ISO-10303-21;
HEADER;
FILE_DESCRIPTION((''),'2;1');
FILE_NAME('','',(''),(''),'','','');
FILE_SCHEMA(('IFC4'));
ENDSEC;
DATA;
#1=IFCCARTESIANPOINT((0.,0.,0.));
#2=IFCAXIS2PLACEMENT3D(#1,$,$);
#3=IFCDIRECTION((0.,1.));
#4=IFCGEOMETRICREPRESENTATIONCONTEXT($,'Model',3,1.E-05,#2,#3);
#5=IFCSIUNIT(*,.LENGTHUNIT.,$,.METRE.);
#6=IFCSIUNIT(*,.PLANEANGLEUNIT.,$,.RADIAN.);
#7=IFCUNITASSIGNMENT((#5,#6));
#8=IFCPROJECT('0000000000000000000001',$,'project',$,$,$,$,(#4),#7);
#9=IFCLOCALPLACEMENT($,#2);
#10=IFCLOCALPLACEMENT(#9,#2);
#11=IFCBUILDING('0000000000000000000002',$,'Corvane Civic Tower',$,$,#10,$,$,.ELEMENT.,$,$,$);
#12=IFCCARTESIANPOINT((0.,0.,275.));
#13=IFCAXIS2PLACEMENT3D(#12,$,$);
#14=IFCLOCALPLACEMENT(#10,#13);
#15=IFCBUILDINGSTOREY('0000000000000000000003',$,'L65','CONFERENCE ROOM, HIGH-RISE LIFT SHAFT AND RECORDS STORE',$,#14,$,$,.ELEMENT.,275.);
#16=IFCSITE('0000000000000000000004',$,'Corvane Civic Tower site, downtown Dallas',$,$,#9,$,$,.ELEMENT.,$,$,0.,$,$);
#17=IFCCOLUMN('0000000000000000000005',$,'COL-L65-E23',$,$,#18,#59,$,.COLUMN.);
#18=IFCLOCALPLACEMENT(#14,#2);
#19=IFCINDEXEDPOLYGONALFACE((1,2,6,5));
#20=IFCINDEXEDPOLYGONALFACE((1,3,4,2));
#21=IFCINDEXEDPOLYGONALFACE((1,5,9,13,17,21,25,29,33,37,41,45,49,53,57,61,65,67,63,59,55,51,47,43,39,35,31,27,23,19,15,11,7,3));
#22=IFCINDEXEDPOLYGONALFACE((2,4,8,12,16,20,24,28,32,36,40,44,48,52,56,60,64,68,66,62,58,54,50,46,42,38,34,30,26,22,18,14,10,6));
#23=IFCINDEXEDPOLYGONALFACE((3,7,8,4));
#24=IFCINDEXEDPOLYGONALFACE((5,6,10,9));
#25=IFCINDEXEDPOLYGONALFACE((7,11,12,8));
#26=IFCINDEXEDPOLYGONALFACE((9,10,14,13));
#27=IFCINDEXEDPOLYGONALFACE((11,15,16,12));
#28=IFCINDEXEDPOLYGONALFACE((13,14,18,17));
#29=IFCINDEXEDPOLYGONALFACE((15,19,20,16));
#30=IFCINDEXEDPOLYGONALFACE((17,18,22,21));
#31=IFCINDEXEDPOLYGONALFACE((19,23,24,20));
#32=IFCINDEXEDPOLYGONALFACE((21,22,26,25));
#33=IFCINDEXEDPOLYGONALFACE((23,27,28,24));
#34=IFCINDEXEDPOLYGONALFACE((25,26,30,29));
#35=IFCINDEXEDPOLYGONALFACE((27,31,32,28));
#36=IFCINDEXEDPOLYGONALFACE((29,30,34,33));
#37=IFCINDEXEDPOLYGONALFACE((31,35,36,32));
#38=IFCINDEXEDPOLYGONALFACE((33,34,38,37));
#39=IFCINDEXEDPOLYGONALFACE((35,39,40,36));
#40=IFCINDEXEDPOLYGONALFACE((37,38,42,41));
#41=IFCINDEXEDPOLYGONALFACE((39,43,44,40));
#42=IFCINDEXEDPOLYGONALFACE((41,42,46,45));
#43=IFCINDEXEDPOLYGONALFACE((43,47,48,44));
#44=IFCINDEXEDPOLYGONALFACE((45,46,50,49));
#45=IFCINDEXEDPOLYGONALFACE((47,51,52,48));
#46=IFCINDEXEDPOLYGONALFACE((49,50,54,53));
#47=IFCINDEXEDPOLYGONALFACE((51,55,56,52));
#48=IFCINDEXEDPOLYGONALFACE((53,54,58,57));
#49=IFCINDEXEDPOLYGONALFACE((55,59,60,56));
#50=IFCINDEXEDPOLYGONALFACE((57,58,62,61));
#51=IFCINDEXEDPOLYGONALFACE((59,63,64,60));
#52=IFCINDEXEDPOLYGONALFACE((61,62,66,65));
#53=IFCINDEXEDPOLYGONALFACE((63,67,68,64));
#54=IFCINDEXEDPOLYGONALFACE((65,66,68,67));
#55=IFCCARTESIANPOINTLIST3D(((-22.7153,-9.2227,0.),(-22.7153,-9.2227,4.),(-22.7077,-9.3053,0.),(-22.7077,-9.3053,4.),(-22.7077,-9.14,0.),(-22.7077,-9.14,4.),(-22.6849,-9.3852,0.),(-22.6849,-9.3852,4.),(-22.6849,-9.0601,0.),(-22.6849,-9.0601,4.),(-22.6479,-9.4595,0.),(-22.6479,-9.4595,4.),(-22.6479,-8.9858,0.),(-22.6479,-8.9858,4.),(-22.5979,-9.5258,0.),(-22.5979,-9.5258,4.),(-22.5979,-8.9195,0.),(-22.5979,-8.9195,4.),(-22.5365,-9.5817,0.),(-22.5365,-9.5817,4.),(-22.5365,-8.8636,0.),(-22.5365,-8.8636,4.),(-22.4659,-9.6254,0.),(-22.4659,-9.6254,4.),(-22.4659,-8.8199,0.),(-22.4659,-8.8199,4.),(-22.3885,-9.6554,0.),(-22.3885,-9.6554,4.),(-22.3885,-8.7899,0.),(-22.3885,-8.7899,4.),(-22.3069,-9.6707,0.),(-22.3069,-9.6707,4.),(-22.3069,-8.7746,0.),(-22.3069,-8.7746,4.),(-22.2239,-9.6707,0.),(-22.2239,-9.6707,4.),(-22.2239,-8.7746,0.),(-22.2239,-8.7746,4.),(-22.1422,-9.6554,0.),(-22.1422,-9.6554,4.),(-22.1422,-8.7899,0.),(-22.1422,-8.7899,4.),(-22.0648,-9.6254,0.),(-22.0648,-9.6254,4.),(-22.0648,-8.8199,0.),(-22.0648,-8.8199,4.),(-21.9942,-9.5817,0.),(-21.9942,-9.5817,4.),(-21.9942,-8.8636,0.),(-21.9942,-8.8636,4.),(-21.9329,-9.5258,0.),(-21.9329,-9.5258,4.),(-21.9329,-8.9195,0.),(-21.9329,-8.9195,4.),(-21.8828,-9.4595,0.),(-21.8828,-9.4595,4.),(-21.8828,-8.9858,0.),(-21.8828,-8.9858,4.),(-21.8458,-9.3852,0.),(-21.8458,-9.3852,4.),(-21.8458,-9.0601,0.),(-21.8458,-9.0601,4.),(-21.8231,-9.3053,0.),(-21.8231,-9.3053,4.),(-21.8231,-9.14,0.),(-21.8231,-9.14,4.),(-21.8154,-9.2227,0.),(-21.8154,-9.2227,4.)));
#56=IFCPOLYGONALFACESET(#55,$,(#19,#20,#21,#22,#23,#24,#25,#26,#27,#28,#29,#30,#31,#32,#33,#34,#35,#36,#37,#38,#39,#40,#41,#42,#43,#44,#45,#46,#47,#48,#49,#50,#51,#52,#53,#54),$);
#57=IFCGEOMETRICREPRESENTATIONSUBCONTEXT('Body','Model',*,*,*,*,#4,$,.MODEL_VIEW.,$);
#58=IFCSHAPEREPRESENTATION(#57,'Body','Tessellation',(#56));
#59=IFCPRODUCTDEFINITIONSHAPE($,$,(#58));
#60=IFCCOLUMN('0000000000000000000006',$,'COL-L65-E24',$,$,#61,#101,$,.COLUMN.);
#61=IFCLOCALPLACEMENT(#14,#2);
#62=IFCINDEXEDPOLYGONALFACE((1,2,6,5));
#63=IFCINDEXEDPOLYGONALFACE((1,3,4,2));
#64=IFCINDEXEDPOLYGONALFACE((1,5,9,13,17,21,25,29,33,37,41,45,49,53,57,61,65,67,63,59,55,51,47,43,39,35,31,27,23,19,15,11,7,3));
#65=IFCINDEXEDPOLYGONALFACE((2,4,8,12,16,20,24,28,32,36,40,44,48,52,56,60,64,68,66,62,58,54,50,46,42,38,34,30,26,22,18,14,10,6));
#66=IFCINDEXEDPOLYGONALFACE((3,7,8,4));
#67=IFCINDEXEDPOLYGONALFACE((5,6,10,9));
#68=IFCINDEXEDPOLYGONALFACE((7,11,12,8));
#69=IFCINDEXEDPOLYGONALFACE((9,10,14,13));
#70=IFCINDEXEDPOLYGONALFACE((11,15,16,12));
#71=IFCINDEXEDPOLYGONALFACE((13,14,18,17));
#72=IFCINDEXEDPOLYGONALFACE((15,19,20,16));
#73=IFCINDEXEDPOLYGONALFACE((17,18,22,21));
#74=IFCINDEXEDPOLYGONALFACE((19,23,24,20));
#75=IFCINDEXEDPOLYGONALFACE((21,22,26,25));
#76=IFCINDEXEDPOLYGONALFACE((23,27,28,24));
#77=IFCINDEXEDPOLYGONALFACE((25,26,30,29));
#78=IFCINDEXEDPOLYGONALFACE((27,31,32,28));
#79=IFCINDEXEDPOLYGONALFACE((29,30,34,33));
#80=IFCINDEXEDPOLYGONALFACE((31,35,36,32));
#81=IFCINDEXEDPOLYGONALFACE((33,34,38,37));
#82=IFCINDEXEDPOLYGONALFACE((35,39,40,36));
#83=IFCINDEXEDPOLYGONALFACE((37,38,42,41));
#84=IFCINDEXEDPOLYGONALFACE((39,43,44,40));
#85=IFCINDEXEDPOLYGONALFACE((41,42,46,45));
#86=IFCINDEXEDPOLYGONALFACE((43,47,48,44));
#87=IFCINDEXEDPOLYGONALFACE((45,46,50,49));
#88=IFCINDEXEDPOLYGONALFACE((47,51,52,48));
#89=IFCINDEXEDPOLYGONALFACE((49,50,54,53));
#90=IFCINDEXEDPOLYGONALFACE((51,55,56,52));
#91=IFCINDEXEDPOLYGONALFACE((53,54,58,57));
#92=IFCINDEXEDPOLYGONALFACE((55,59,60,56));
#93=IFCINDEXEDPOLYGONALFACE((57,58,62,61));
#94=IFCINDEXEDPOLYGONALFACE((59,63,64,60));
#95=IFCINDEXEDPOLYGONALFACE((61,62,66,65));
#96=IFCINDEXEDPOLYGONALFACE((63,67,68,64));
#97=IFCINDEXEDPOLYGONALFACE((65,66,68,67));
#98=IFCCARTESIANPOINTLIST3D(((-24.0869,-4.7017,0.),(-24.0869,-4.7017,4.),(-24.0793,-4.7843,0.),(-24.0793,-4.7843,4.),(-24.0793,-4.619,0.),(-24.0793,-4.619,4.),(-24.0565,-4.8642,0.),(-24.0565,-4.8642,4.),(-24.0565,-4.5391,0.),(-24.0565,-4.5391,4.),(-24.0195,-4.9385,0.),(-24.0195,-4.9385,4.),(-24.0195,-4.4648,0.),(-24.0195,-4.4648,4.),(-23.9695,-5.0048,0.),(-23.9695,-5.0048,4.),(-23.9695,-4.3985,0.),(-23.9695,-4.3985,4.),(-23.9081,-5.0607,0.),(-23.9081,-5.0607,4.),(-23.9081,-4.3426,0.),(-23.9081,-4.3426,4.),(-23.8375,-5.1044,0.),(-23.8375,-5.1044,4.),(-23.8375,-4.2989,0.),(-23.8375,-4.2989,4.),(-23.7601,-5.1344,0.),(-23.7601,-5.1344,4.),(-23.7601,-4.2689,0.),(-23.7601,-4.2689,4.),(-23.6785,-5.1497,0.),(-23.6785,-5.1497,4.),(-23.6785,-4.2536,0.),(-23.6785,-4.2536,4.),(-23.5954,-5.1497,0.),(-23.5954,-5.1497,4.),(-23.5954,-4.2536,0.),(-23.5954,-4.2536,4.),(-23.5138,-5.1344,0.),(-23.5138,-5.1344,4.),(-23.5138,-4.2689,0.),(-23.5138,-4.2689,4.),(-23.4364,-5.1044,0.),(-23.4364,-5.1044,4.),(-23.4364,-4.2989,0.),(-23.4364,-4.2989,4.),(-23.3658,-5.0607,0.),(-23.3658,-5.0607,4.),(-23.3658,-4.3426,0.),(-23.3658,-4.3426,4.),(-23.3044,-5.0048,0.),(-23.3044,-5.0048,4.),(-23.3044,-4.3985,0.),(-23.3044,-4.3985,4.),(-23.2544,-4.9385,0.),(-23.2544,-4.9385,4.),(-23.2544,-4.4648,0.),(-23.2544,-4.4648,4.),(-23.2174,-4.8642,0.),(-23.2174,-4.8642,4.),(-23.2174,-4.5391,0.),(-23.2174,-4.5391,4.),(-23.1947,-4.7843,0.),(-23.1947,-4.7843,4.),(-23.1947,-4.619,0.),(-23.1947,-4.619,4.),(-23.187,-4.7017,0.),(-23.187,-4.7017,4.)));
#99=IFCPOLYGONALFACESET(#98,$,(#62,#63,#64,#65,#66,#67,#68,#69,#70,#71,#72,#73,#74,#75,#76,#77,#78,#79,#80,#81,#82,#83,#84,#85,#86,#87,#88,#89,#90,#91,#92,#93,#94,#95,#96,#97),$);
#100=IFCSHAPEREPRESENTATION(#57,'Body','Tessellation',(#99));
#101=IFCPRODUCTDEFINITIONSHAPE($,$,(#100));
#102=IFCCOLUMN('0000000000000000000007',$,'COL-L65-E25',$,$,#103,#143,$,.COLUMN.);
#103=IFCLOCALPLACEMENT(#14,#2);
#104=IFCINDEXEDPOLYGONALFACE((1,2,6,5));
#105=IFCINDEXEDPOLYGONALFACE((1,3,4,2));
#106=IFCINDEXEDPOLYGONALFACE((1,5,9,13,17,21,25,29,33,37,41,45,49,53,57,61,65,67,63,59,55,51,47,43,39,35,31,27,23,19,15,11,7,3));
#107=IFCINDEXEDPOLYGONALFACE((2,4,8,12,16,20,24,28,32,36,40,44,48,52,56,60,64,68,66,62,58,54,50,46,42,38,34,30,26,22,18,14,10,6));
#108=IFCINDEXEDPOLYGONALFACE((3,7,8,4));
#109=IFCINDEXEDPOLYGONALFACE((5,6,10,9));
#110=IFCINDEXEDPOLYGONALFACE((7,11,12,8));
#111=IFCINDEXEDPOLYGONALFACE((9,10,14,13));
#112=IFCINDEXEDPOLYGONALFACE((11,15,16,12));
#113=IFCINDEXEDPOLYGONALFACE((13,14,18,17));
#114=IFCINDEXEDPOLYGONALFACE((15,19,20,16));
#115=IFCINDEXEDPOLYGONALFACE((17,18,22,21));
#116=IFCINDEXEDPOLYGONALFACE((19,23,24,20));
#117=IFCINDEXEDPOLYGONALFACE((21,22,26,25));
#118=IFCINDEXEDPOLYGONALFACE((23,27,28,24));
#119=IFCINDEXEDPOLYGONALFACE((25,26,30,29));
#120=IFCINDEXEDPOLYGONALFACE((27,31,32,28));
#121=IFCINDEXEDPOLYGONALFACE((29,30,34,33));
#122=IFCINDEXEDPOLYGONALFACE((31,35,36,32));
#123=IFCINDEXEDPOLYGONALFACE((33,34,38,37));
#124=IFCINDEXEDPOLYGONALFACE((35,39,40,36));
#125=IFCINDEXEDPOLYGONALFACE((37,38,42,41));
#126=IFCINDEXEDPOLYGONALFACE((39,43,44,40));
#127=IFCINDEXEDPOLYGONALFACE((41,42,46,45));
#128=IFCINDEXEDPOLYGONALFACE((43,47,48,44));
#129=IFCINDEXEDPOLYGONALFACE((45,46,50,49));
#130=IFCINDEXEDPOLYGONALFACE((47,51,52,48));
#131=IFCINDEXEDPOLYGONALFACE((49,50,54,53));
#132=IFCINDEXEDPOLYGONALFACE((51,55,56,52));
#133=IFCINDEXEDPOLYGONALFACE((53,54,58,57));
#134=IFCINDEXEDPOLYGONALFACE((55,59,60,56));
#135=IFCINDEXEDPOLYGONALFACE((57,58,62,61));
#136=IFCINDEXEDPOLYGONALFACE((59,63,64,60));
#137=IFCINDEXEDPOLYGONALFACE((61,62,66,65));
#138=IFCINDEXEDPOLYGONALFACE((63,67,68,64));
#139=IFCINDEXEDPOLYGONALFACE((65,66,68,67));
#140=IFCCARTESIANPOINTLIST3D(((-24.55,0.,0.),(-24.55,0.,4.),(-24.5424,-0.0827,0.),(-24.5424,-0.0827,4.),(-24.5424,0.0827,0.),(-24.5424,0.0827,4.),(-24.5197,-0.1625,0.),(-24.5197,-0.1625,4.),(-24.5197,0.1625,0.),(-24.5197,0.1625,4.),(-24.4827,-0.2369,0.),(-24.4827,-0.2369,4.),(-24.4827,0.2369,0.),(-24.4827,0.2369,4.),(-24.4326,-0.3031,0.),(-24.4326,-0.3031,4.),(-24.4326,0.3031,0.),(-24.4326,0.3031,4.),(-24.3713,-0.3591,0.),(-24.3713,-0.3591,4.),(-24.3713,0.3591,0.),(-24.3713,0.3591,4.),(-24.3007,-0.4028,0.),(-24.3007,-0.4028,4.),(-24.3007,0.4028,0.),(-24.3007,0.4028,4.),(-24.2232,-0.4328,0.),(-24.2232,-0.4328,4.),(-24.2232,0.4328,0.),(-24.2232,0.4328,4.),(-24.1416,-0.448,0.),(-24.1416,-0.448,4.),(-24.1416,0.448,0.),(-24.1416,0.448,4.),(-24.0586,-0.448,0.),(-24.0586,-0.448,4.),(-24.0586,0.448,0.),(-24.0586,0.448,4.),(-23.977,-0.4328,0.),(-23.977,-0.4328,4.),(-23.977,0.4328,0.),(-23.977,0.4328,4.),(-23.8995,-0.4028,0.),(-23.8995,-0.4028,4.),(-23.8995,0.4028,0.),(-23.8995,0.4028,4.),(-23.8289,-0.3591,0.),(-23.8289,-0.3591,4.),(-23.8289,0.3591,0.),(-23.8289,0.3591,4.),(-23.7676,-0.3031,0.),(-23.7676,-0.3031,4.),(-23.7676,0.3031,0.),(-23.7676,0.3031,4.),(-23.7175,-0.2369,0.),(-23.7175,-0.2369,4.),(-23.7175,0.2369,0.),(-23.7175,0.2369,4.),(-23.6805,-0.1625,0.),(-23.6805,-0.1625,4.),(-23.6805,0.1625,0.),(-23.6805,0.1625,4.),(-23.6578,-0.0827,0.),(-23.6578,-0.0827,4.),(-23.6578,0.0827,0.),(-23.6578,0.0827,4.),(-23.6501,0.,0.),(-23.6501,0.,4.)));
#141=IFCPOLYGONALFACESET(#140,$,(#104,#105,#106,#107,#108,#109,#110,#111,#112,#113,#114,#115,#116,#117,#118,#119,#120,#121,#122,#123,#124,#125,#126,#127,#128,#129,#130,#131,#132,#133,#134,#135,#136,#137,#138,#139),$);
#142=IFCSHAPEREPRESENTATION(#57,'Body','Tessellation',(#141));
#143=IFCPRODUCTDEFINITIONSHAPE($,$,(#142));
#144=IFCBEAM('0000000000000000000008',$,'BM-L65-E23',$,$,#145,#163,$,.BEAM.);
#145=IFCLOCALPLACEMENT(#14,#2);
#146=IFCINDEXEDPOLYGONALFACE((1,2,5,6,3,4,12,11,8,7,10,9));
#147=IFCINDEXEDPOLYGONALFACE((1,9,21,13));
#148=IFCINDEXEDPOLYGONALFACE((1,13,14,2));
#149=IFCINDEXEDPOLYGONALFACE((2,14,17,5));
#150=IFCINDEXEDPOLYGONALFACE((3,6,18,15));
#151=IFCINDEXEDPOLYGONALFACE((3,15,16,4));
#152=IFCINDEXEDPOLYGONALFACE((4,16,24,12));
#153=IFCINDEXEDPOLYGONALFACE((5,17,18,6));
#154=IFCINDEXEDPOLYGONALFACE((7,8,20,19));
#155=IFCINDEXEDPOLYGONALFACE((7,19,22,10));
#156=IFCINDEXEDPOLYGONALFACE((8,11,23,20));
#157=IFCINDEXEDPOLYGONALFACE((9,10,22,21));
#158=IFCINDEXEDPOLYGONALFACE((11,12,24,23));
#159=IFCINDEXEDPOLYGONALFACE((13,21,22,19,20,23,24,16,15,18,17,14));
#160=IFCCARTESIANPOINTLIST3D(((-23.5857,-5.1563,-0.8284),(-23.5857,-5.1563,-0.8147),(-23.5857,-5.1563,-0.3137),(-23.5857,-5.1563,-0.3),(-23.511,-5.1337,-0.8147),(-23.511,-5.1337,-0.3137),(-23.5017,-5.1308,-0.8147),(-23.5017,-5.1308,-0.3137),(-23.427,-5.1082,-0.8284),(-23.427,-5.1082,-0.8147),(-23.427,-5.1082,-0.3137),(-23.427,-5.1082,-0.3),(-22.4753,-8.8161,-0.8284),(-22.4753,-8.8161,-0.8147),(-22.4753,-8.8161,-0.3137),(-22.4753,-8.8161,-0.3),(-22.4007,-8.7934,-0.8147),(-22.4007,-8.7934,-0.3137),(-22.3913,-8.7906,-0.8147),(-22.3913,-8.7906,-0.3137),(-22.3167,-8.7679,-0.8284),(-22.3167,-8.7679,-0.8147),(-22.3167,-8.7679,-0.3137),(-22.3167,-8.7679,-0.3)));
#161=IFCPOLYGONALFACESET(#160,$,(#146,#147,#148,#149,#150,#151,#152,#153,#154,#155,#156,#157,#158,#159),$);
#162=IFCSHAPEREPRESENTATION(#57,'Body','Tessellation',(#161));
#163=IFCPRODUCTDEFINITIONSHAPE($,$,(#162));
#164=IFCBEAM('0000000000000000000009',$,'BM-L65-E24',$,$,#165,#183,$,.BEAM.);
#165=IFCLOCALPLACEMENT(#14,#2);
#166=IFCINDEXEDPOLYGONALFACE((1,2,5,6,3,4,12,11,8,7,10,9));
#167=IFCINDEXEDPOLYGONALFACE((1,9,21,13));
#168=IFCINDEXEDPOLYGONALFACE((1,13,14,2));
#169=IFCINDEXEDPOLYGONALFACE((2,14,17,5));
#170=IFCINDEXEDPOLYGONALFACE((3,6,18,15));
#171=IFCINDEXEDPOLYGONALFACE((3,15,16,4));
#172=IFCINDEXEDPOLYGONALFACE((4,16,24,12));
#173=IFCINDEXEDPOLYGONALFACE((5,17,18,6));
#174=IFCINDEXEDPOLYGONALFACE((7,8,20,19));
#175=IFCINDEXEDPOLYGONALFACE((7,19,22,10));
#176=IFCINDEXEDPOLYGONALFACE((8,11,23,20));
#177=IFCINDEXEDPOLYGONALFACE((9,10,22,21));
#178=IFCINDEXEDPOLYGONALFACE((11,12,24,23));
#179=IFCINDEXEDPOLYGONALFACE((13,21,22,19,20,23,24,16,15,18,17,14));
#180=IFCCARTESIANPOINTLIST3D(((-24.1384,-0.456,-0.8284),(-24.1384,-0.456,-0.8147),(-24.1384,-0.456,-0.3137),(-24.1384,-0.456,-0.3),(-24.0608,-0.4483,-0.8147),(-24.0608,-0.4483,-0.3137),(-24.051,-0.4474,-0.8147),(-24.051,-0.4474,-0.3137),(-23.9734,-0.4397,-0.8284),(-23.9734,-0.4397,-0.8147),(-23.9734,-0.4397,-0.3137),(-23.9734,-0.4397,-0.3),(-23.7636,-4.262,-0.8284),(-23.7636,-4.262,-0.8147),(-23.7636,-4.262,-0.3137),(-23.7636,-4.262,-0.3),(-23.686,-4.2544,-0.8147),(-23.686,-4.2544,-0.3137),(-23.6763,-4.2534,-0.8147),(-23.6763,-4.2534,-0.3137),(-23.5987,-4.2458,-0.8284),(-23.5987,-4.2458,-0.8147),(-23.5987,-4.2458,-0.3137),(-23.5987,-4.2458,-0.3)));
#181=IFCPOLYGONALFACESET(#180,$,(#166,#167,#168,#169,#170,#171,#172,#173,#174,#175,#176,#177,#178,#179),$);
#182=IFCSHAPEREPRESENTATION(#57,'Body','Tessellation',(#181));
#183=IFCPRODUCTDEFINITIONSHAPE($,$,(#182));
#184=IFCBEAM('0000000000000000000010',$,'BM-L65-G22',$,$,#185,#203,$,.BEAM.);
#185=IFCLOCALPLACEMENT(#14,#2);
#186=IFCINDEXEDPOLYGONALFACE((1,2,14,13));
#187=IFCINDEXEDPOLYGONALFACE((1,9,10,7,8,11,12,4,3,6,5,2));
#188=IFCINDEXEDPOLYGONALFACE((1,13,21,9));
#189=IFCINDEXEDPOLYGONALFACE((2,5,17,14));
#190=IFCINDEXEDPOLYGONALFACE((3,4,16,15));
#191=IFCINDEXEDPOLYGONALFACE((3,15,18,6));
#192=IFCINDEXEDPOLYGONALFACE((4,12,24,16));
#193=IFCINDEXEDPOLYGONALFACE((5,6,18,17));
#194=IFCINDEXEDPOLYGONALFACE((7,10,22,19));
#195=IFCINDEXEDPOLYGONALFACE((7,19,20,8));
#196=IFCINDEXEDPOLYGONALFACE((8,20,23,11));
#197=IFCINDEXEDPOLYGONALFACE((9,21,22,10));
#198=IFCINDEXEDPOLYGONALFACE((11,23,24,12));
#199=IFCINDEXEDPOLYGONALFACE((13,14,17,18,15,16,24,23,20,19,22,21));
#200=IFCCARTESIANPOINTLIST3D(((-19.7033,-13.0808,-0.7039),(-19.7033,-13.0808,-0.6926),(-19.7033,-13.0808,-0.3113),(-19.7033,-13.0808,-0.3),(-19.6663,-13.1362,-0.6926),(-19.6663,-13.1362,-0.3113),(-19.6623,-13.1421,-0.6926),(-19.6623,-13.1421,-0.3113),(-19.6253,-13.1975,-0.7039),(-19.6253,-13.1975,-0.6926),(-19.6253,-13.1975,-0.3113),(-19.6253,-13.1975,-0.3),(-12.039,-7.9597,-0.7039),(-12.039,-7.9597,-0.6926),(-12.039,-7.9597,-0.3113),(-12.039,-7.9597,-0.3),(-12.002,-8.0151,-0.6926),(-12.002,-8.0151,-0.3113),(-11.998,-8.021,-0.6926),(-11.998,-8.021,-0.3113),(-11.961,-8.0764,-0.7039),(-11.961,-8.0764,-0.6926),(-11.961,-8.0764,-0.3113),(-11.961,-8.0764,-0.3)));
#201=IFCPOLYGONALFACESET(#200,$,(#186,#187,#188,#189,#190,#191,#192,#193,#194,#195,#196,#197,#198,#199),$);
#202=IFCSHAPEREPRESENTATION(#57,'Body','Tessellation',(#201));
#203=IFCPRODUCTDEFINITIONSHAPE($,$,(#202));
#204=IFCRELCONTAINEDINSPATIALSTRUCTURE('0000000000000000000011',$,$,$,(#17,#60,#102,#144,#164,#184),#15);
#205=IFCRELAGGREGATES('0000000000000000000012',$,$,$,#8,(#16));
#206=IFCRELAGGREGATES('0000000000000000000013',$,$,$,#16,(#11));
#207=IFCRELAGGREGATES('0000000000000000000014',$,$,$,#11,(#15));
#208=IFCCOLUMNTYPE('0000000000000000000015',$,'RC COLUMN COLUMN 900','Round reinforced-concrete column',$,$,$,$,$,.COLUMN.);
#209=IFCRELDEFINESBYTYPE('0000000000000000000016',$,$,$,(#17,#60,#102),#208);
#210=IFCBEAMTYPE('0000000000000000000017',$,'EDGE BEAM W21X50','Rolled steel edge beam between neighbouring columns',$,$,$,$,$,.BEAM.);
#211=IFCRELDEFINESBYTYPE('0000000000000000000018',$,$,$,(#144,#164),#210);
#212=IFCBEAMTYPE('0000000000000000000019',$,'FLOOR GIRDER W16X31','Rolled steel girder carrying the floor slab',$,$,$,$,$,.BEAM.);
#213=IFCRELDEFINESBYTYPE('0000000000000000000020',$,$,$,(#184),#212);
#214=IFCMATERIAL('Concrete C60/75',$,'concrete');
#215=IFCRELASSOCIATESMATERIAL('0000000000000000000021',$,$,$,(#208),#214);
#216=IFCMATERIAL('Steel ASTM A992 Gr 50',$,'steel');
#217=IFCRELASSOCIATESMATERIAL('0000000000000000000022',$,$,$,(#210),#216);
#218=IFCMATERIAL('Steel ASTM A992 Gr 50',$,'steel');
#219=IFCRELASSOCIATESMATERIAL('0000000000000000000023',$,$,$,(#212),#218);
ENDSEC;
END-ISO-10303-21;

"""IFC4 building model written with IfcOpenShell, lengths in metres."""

from ifc_helpers import new_model, si_unit, direction, frame, origin, origin_2d, place, context, subcontext, project, spatial, circle, i_section, extrude, material, material_profile, profile_set, type_object, element, save


model = new_model("IFC4")

# Units and contexts
model_context = context("Model", 3, precision=1e-05, world=origin(), true_north=direction((0.0, 1.0)))
body_context = subcontext(model_context, "Body", "Model", "MODEL_VIEW")
ifc_project = project(units=[si_unit("LENGTHUNIT", "METRE"), si_unit("PLANEANGLEUNIT", "RADIAN")], contexts=[model_context])

# Site, building, storey
site_placement = place(None, origin())
site = spatial("IfcSite", under=ifc_project, at=site_placement, Name="Corvane Civic Tower site, downtown Dallas", CompositionType="ELEMENT", RefElevation=0.0)
building_placement = place(site_placement, origin())
building = spatial("IfcBuilding", under=site, at=building_placement, Name="Corvane Civic Tower", CompositionType="ELEMENT")
storey_placement = place(building_placement, frame((0.0, 0.0, 275.0)))
storey = spatial("IfcBuildingStorey", under=building, at=storey_placement, Name="L65", Description="CONFERENCE ROOM, HIGH-RISE LIFT SHAFT AND RECORDS STORE", CompositionType="ELEMENT", Elevation=275.0)

# Columns
ifc_material_1 = material(Name="Concrete C60/75", Category="concrete")
ifc_material_profile_1 = material_profile(ifc_material_1, circle(Radius=0.45, at=origin_2d()), Name="COLUMN 900")
ifc_profile_set_1 = profile_set([ifc_material_profile_1], Name="Concrete C60/75")
column_type = type_object("IfcColumnType", Name="RC COLUMN COLUMN 900", Description="Round reinforced-concrete column", PredefinedType="COLUMN", material=ifc_profile_set_1)
for number, where, z_axis, x_axis, name in (
    (1, (-22.2654, -9.2227, 0.0), (0.0, 0.0, 1.0), (1.0, 0.0, 0.0), "COL-L65-E23"),
    (2, (-23.637, -4.7017, 0.0), (0.0, 0.0, 1.0), (1.0, 0.0, 0.0), "COL-L65-E24"),
    (3, (-24.1001, 0.0, 0.0), (0.0, 0.0, 1.0), (1.0, 0.0, 0.0), "COL-L65-E25"),
):
    element("IfcColumn", number, at=place(storey_placement, frame(where, z_axis=z_axis, x_axis=x_axis)), inside=storey, type_object=column_type, Name=name, PredefinedType="COLUMN", context=body_context, shape_type="SweptSolid", body=[
        extrude(circle(Radius=0.45, at=origin_2d()), origin(), (0.0, 0.0, 1.0), 4.0),
    ])

# Beams
ifc_material_2 = material(Name="Steel ASTM A992 Gr 50", Category="steel")
ifc_material_profile_2 = material_profile(ifc_material_2, i_section(OverallWidth=0.1658, OverallDepth=0.5283, WebThickness=0.0098, FlangeThickness=0.0137, at=origin_2d()), Name="W21X50")
ifc_profile_set_2 = profile_set([ifc_material_profile_2], Name="Steel ASTM A992 Gr 50")
beam_type_1 = type_object("IfcBeamType", Name="EDGE BEAM W21X50", Description="Rolled steel edge beam between neighbouring columns", PredefinedType="BEAM", material=ifc_profile_set_2)
for number, where, z_axis, x_axis, name in (
    (4, (-22.396, -8.792, -0.5642), (-0.290333, 0.956926, 0.0), (-0.956926, -0.290333, 0.0), "BM-L65-E23"),
    (5, (-23.6812, -4.2539, -0.5642), (-0.097987, 0.995188, 0.0), (-0.995188, -0.097987, 0.0), "BM-L65-E24"),
):
    element("IfcBeam", number, at=place(storey_placement, frame(where, z_axis=z_axis, x_axis=x_axis)), inside=storey, type_object=beam_type_1, Name=name, PredefinedType="BEAM", context=body_context, shape_type="SweptSolid", body=[
        extrude(i_section(OverallWidth=0.1658, OverallDepth=0.5283, WebThickness=0.0098, FlangeThickness=0.0137, at=origin_2d()), origin(), (0.0, 0.0, 1.0), 3.8245),
    ])
ifc_material_3 = material(Name="Steel ASTM A992 Gr 50", Category="steel")
ifc_material_profile_3 = material_profile(ifc_material_3, i_section(OverallWidth=0.1404, OverallDepth=0.4038, WebThickness=0.0071, FlangeThickness=0.0112, at=origin_2d()), Name="W16X31")
ifc_profile_set_3 = profile_set([ifc_material_profile_3], Name="Steel ASTM A992 Gr 50")
beam_type_2 = type_object("IfcBeamType", Name="FLOOR GIRDER W16X31", Description="Rolled steel girder carrying the floor slab", PredefinedType="BEAM", material=ifc_profile_set_3)
beam_1_placement = place(storey_placement, frame((-12.0, -8.0181, -0.502), z_axis=(-0.831471, -0.555568, 0.0), x_axis=(0.555568, -0.831471, 0.0)))
element("IfcBeam", 6, at=beam_1_placement, inside=storey, type_object=beam_type_2, Name="BM-L65-G22", PredefinedType="BEAM", context=body_context, shape_type="SweptSolid", body=[
    extrude(i_section(OverallWidth=0.1404, OverallDepth=0.4038, WebThickness=0.0071, FlangeThickness=0.0112, at=origin_2d()), origin(), (0.0, 0.0, 1.0), 9.2178),
])

save(model, "model.ifc")
